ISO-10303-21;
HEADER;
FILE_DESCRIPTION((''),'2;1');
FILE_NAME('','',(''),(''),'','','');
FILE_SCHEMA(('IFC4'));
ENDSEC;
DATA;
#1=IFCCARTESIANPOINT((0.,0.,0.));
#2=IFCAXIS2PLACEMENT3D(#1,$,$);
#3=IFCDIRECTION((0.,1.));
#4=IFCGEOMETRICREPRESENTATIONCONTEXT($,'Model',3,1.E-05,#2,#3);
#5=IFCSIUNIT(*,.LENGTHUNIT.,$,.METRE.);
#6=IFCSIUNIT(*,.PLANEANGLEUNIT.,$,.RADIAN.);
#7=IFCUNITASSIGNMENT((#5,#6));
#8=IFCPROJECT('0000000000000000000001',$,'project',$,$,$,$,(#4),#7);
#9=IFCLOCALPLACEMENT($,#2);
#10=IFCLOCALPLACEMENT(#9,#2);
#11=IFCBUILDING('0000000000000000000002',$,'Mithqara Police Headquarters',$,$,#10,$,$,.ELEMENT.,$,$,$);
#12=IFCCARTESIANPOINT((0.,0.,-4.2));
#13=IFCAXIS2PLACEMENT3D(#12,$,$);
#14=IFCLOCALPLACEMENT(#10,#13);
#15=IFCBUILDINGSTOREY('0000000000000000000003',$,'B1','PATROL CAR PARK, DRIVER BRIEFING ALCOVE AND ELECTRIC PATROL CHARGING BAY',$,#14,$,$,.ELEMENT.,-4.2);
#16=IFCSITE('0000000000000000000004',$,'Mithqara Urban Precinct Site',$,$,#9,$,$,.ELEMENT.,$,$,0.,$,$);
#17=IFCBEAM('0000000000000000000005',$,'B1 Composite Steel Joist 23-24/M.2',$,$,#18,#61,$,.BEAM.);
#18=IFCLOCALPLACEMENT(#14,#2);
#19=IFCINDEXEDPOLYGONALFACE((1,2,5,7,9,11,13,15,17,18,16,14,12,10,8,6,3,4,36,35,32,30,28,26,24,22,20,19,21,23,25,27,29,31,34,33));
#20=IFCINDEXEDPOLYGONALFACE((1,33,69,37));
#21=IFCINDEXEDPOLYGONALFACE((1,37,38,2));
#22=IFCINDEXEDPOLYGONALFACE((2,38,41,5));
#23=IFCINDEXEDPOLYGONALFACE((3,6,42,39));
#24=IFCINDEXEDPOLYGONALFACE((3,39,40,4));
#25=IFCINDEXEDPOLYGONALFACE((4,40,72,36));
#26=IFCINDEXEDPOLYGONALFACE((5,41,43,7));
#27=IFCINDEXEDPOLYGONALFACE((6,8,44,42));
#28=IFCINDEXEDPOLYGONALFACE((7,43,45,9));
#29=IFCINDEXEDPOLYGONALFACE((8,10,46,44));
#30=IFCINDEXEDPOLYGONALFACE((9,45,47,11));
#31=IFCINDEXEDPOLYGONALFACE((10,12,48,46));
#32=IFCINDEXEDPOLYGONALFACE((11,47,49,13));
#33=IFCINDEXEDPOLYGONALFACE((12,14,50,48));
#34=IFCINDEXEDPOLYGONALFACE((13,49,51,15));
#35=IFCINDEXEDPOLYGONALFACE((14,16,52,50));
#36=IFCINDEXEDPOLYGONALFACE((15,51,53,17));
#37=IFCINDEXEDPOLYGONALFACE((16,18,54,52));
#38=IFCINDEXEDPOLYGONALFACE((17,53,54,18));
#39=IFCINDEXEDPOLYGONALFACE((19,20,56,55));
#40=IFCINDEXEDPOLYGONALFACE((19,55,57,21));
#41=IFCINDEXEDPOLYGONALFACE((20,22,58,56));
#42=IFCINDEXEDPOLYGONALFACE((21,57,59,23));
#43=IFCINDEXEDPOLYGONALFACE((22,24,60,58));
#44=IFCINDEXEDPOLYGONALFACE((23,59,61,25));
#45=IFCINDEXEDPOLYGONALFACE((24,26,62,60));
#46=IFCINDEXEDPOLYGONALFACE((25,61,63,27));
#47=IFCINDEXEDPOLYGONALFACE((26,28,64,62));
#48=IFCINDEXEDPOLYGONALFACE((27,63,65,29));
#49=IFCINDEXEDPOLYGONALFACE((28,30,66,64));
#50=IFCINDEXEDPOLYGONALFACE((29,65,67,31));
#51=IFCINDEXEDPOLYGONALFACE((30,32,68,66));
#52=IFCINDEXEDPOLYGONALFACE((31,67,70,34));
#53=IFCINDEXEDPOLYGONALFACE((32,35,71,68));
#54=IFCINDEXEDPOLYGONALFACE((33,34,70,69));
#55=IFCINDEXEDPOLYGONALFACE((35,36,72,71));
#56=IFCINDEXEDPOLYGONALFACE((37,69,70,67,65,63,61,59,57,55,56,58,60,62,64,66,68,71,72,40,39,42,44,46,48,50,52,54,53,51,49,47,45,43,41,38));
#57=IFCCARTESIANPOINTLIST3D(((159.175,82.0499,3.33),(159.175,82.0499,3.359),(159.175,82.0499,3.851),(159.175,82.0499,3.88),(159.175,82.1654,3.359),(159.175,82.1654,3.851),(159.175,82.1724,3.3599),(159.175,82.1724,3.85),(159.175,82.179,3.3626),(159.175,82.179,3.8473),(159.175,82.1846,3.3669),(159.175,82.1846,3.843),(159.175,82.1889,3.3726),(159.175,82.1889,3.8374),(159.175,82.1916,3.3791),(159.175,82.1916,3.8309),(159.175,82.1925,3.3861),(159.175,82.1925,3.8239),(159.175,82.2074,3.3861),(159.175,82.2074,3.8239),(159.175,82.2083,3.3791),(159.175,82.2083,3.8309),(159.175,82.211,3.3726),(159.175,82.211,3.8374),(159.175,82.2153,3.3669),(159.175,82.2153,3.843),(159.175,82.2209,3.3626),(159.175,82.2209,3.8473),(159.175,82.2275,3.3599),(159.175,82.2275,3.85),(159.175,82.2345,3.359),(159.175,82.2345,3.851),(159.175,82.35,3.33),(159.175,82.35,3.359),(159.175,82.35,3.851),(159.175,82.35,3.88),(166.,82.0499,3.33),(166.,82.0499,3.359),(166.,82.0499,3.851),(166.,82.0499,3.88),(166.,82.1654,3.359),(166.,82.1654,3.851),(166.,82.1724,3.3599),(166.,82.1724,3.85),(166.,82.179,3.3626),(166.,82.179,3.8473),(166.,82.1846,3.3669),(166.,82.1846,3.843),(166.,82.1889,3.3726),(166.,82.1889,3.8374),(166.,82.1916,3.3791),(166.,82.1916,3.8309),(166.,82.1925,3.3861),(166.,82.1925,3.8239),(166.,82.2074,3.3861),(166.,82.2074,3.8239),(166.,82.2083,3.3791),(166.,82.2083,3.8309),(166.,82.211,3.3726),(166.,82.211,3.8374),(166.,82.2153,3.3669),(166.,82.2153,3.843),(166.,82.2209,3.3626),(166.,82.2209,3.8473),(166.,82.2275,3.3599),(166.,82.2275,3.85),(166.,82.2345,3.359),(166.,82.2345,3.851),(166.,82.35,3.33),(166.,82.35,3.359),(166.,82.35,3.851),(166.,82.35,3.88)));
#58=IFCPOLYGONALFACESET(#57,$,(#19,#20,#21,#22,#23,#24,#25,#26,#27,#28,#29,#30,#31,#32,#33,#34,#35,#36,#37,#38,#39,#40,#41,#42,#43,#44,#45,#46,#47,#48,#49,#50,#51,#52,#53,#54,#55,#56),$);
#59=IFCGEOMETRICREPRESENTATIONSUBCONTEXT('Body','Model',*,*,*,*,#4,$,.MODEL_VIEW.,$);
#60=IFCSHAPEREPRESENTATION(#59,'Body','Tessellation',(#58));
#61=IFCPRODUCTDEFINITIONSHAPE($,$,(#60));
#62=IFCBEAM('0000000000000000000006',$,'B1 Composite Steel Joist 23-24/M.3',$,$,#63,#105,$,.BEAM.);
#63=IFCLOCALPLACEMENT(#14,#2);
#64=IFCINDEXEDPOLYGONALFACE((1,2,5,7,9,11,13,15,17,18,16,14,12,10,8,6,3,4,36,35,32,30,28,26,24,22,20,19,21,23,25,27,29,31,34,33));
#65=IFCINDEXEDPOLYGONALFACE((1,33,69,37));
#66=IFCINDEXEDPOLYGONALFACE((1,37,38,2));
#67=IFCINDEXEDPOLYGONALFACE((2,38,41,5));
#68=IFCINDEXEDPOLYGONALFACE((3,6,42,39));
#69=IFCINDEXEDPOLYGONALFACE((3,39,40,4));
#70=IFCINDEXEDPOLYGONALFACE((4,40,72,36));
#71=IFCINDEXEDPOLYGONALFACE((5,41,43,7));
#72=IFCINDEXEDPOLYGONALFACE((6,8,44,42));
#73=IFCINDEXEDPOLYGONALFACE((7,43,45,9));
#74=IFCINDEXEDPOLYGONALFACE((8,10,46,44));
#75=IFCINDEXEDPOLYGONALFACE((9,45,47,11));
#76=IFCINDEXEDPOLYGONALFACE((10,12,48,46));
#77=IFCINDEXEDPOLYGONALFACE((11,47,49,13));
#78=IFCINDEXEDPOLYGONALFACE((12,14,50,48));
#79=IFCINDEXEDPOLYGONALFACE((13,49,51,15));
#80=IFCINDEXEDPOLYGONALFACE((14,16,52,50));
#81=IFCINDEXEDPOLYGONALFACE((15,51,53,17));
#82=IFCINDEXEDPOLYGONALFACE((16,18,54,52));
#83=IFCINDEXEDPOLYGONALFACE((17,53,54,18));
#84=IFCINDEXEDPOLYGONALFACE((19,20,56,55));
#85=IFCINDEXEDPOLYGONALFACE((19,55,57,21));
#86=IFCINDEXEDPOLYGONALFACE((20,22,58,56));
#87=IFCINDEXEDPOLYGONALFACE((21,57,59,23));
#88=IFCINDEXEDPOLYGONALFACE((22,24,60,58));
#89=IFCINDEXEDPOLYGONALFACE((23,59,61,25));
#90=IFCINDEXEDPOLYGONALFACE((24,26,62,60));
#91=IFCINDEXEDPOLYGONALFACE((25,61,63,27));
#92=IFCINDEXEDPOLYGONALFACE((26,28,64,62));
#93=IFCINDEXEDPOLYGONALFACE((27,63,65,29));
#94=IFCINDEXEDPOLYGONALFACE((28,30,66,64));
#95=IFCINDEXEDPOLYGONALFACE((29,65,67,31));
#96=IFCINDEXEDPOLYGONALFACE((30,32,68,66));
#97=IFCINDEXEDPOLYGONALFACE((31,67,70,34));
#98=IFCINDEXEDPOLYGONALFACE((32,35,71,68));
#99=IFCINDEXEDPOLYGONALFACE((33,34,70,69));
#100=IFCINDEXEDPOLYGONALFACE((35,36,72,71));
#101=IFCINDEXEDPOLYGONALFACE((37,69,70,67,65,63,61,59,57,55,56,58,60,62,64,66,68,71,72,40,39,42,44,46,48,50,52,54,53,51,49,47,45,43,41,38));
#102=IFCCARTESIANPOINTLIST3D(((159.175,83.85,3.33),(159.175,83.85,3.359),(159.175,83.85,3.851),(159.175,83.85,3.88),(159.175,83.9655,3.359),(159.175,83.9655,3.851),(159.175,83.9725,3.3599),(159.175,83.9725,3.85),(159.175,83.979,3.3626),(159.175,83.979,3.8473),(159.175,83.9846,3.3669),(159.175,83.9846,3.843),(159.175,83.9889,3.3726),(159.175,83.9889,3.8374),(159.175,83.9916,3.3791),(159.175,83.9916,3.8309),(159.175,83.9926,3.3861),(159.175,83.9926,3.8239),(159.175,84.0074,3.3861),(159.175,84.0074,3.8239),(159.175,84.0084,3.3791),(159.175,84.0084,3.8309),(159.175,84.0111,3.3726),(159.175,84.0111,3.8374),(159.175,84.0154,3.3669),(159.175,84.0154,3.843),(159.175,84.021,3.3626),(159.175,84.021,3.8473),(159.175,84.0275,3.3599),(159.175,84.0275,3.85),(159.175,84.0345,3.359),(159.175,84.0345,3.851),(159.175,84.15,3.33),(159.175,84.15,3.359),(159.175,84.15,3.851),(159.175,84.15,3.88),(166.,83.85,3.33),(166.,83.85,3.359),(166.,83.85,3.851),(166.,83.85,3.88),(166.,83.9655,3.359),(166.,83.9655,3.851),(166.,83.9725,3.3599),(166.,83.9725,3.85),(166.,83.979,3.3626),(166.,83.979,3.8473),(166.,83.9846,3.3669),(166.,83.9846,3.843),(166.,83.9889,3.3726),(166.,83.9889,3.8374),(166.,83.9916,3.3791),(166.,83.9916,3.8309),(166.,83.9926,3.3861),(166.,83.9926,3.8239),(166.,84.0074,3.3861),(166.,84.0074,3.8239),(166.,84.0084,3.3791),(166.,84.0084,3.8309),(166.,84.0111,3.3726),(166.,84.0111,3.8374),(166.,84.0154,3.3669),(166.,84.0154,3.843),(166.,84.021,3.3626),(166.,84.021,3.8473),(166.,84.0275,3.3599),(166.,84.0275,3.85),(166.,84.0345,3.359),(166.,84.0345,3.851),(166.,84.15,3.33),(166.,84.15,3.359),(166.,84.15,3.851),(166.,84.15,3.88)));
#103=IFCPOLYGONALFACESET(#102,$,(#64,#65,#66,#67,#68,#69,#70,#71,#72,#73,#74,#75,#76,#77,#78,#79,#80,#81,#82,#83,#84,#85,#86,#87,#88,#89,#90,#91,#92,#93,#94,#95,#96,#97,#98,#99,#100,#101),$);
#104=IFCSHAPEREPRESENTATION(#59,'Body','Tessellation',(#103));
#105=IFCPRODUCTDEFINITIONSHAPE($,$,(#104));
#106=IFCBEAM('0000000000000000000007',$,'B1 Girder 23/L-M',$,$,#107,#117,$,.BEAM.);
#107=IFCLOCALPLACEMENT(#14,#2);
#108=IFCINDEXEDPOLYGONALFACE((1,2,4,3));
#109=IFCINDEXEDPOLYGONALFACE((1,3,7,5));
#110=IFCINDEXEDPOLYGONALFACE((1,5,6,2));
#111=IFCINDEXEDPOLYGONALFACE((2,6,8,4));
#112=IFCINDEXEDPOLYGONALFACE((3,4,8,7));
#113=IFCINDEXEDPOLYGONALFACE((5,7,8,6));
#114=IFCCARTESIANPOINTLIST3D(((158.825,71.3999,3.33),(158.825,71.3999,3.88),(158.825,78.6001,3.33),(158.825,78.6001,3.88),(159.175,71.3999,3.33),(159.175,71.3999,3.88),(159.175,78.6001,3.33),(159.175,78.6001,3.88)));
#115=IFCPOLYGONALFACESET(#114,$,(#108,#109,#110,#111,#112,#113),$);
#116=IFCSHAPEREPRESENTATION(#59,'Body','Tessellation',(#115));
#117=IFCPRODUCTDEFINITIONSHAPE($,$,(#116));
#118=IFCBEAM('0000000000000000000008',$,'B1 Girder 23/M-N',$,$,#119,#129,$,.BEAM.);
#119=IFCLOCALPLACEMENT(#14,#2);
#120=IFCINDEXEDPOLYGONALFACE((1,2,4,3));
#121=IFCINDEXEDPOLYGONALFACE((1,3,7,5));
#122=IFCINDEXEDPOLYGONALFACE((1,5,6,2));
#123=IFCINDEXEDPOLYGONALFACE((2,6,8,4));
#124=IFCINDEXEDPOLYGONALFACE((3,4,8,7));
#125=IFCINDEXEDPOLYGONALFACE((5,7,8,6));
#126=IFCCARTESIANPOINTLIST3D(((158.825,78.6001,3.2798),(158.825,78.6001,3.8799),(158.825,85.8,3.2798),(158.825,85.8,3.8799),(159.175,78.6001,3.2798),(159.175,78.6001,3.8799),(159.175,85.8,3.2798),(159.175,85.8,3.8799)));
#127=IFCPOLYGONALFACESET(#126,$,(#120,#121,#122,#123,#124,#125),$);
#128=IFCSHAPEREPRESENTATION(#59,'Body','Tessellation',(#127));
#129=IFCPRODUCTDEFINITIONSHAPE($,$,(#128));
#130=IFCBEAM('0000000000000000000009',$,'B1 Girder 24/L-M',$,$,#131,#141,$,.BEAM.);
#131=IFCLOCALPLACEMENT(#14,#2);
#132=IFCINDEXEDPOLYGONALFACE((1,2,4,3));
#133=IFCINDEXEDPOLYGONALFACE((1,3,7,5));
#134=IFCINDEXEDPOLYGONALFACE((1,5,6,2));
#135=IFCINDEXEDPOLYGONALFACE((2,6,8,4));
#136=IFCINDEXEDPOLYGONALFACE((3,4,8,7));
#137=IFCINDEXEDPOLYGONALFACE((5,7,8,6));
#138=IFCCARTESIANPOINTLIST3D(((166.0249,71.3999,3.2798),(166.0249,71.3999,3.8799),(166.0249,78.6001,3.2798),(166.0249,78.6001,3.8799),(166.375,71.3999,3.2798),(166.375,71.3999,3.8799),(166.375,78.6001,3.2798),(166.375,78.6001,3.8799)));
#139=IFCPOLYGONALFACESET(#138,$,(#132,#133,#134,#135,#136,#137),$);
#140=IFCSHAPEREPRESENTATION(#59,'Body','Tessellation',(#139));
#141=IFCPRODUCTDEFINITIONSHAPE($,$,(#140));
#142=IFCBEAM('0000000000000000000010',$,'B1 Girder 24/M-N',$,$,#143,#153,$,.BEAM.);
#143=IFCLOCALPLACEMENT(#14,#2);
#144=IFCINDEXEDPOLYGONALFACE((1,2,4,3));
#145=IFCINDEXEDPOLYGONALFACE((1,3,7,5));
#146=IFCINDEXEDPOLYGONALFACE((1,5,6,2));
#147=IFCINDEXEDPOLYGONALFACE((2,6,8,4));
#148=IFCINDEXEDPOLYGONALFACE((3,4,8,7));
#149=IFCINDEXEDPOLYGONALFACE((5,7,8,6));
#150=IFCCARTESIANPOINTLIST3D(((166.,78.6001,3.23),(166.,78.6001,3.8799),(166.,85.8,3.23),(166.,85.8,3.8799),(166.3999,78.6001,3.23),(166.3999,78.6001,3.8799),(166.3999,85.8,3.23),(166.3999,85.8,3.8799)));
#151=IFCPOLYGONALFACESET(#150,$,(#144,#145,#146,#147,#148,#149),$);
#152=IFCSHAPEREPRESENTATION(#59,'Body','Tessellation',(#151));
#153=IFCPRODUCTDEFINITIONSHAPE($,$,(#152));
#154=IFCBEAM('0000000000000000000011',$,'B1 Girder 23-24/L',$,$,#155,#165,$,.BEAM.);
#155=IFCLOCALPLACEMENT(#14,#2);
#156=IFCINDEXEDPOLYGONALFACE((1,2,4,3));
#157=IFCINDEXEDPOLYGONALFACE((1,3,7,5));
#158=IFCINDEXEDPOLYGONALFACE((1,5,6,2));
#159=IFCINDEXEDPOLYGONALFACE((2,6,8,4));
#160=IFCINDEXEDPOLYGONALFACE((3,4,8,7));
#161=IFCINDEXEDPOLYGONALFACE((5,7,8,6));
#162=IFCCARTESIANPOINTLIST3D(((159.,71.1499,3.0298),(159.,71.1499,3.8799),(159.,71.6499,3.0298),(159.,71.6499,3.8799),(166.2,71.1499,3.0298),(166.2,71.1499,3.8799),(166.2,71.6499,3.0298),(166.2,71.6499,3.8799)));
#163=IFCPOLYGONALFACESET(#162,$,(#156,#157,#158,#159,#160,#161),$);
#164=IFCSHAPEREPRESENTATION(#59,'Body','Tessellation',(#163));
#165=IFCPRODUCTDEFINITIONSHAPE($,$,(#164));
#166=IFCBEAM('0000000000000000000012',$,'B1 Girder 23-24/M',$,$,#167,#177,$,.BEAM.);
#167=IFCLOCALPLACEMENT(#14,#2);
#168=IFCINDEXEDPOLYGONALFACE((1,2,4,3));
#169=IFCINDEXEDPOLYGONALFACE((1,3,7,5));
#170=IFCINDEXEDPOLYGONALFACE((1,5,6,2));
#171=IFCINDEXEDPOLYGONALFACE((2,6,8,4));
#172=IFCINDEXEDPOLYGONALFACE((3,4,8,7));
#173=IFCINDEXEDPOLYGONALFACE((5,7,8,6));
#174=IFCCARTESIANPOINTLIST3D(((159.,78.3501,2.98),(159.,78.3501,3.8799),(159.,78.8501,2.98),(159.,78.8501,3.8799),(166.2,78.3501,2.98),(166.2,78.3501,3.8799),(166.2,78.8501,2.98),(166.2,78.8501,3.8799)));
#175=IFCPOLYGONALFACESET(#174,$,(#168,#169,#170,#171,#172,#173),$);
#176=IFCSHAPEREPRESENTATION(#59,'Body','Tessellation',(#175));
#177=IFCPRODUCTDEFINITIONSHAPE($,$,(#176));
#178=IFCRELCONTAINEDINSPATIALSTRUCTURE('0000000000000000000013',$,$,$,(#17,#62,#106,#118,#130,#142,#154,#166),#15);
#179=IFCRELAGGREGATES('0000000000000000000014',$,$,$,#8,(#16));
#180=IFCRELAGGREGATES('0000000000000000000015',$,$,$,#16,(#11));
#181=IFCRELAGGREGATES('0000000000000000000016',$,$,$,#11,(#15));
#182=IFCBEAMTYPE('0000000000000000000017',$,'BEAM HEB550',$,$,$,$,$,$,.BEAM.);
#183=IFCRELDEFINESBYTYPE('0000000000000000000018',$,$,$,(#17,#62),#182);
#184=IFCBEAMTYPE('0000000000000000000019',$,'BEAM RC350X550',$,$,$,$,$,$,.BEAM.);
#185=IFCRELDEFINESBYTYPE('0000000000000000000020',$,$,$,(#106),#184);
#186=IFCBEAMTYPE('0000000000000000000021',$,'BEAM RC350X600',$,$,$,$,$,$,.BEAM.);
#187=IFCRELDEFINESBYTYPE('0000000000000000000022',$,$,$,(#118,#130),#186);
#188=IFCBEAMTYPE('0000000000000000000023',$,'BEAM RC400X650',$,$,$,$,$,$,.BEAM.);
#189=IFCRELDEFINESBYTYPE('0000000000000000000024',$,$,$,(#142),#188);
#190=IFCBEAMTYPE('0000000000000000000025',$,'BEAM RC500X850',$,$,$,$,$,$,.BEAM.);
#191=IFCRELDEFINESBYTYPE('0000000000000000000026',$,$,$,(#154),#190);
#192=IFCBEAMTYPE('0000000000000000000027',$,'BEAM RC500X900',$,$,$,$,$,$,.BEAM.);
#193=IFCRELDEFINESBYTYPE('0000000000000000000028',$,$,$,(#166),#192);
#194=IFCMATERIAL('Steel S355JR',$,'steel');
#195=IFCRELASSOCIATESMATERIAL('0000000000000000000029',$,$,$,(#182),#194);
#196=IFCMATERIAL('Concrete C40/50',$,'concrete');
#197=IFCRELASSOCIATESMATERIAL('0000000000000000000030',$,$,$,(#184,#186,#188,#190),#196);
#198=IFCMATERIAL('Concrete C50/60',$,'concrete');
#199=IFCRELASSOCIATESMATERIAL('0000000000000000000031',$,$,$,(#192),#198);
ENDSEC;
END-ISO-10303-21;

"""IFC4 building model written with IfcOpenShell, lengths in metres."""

from ifc_helpers import new_model, si_unit, direction, frame, origin, origin_2d, place, context, subcontext, project, spatial, rectangle, i_section, extrude, material, material_profile, profile_set, type_object, element, save


model = new_model("IFC4")

# Units and contexts
model_context = context("Model", 3, precision=1e-05, world=origin(), true_north=direction((0.0, 1.0)))
body_context = subcontext(model_context, "Body", "Model", "MODEL_VIEW")
ifc_project = project(units=[si_unit("LENGTHUNIT", "METRE"), si_unit("PLANEANGLEUNIT", "RADIAN")], contexts=[model_context])

# Site, building, storey
site_placement = place(None, origin())
site = spatial("IfcSite", under=ifc_project, at=site_placement, Name="Mithqara Urban Precinct Site", CompositionType="ELEMENT", RefElevation=0.0)
building_placement = place(site_placement, origin())
building = spatial("IfcBuilding", under=site, at=building_placement, Name="Mithqara Police Headquarters", CompositionType="ELEMENT")
storey_placement = place(building_placement, frame((0.0, 0.0, -4.2)))
storey = spatial("IfcBuildingStorey", under=building, at=storey_placement, Name="B1", Description="PATROL CAR PARK, DRIVER BRIEFING ALCOVE AND ELECTRIC PATROL CHARGING BAY", CompositionType="ELEMENT", Elevation=-4.2)

# Shared definitions
ifc_material_1 = material(Name="Concrete C40/50", Category="concrete")

# Shared definitions
ifc_material_2 = material(Name="Concrete C50/60", Category="concrete")

# Beams
ifc_material_3 = material(Name="Steel S355JR", Category="steel")
ifc_material_profile_1 = material_profile(ifc_material_3, i_section(OverallWidth=0.3, OverallDepth=0.55, WebThickness=0.0149, FlangeThickness=0.0291, FilletRadius=0.0271, at=origin_2d()), Name="HEB 550")
ifc_profile_set_1 = profile_set([ifc_material_profile_1], Name="Steel S355JR")
beam_type_1 = type_object("IfcBeamType", Name="BEAM HEB550", PredefinedType="BEAM", material=ifc_profile_set_1)
for number, where, z_axis, x_axis, name in (
    (1, (159.175, 82.2, 3.605), (1.0, 0.0, 0.0), (0.0, 1.0, 0.0), "B1 Composite Steel Joist 23-24/M.2"),
    (2, (159.175, 84.0, 3.605), (1.0, 0.0, 0.0), (0.0, 1.0, 0.0), "B1 Composite Steel Joist 23-24/M.3"),
):
    element("IfcBeam", number, at=place(storey_placement, frame(where, z_axis=z_axis, x_axis=x_axis)), inside=storey, type_object=beam_type_1, Name=name, PredefinedType="BEAM", context=body_context, shape_type="SweptSolid", body=[
        extrude(i_section(OverallWidth=0.3, OverallDepth=0.55, WebThickness=0.0149, FlangeThickness=0.0291, FilletRadius=0.0271, at=origin_2d()), origin(), (0.0, 0.0, 1.0), 6.825),
    ])
ifc_material_profile_2 = material_profile(ifc_material_1, rectangle(XDim=0.3501, YDim=0.55, at=origin_2d()), Name="RC 350x550")
ifc_profile_set_2 = profile_set([ifc_material_profile_2], Name="Concrete C40/50")
beam_type_2 = type_object("IfcBeamType", Name="BEAM RC350X550", PredefinedType="BEAM", material=ifc_profile_set_2)
beam_1_placement = place(storey_placement, frame((159.0, 71.3999, 3.605), z_axis=(0.0, 1.0, 0.0), x_axis=(-1.0, 0.0, 0.0)))
element("IfcBeam", 3, at=beam_1_placement, inside=storey, type_object=beam_type_2, Name="B1 Girder 23/L-M", PredefinedType="BEAM", context=body_context, shape_type="SweptSolid", body=[
    extrude(rectangle(XDim=0.3501, YDim=0.55, at=origin_2d()), origin(), (0.0, 0.0, 1.0), 7.2002),
])
ifc_material_profile_3 = material_profile(ifc_material_1, rectangle(XDim=0.3501, YDim=0.6001, at=origin_2d()), Name="RC 350x600")
ifc_profile_set_3 = profile_set([ifc_material_profile_3], Name="Concrete C40/50")
beam_type_3 = type_object("IfcBeamType", Name="BEAM RC350X600", PredefinedType="BEAM", material=ifc_profile_set_3)
beam_2_placement = place(storey_placement, frame((159.0, 78.6001, 3.5798), z_axis=(0.0, 1.0, 0.0), x_axis=(-1.0, 0.0, 0.0)))
element("IfcBeam", 4, at=beam_2_placement, inside=storey, type_object=beam_type_3, Name="B1 Girder 23/M-N", PredefinedType="BEAM", context=body_context, shape_type="SweptSolid", body=[
    extrude(rectangle(XDim=0.3501, YDim=0.6001, at=origin_2d()), origin(), (0.0, 0.0, 1.0), 7.2),
])
beam_3_placement = place(storey_placement, frame((166.2, 71.3999, 3.5798), z_axis=(0.0, 1.0, 0.0), x_axis=(-1.0, 0.0, 0.0)))
element("IfcBeam", 5, at=beam_3_placement, inside=storey, type_object=beam_type_3, Name="B1 Girder 24/L-M", PredefinedType="BEAM", context=body_context, shape_type="SweptSolid", body=[
    extrude(rectangle(XDim=0.3501, YDim=0.6001, at=origin_2d()), origin(), (0.0, 0.0, 1.0), 7.2002),
])
ifc_material_profile_4 = material_profile(ifc_material_1, rectangle(XDim=0.3999, YDim=0.6499, at=origin_2d()), Name="RC 400x650")
ifc_profile_set_4 = profile_set([ifc_material_profile_4], Name="Concrete C40/50")
beam_type_4 = type_object("IfcBeamType", Name="BEAM RC400X650", PredefinedType="BEAM", material=ifc_profile_set_4)
beam_4_placement = place(storey_placement, frame((166.2, 78.6001, 3.5549), z_axis=(0.0, 1.0, 0.0), x_axis=(-1.0, 0.0, 0.0)))
element("IfcBeam", 6, at=beam_4_placement, inside=storey, type_object=beam_type_4, Name="B1 Girder 24/M-N", PredefinedType="BEAM", context=body_context, shape_type="SweptSolid", body=[
    extrude(rectangle(XDim=0.3999, YDim=0.6499, at=origin_2d()), origin(), (0.0, 0.0, 1.0), 7.2),
])
ifc_material_profile_5 = material_profile(ifc_material_1, rectangle(XDim=0.5, YDim=0.8501, at=origin_2d()), Name="RC 500x850")
ifc_profile_set_5 = profile_set([ifc_material_profile_5], Name="Concrete C40/50")
beam_type_5 = type_object("IfcBeamType", Name="BEAM RC500X850", PredefinedType="BEAM", material=ifc_profile_set_5)
beam_5_placement = place(storey_placement, frame((159.0, 71.3999, 3.4548), z_axis=(1.0, 0.0, 0.0), x_axis=(0.0, 1.0, 0.0)))
element("IfcBeam", 7, at=beam_5_placement, inside=storey, type_object=beam_type_5, Name="B1 Girder 23-24/L", PredefinedType="BEAM", context=body_context, shape_type="SweptSolid", body=[
    extrude(rectangle(XDim=0.5, YDim=0.8501, at=origin_2d()), origin(), (0.0, 0.0, 1.0), 7.2),
])
ifc_material_profile_6 = material_profile(ifc_material_2, rectangle(XDim=0.5, YDim=0.8999, at=origin_2d()), Name="RC 500x900")
ifc_profile_set_6 = profile_set([ifc_material_profile_6], Name="Concrete C50/60")
beam_type_6 = type_object("IfcBeamType", Name="BEAM RC500X900", PredefinedType="BEAM", material=ifc_profile_set_6)
beam_6_placement = place(storey_placement, frame((159.0, 78.6001, 3.4299), z_axis=(1.0, 0.0, 0.0), x_axis=(0.0, 1.0, 0.0)))
element("IfcBeam", 8, at=beam_6_placement, inside=storey, type_object=beam_type_6, Name="B1 Girder 23-24/M", PredefinedType="BEAM", context=body_context, shape_type="SweptSolid", body=[
    extrude(rectangle(XDim=0.5, YDim=0.8999, at=origin_2d()), origin(), (0.0, 0.0, 1.0), 7.2),
])

save(model, "model.ifc")
